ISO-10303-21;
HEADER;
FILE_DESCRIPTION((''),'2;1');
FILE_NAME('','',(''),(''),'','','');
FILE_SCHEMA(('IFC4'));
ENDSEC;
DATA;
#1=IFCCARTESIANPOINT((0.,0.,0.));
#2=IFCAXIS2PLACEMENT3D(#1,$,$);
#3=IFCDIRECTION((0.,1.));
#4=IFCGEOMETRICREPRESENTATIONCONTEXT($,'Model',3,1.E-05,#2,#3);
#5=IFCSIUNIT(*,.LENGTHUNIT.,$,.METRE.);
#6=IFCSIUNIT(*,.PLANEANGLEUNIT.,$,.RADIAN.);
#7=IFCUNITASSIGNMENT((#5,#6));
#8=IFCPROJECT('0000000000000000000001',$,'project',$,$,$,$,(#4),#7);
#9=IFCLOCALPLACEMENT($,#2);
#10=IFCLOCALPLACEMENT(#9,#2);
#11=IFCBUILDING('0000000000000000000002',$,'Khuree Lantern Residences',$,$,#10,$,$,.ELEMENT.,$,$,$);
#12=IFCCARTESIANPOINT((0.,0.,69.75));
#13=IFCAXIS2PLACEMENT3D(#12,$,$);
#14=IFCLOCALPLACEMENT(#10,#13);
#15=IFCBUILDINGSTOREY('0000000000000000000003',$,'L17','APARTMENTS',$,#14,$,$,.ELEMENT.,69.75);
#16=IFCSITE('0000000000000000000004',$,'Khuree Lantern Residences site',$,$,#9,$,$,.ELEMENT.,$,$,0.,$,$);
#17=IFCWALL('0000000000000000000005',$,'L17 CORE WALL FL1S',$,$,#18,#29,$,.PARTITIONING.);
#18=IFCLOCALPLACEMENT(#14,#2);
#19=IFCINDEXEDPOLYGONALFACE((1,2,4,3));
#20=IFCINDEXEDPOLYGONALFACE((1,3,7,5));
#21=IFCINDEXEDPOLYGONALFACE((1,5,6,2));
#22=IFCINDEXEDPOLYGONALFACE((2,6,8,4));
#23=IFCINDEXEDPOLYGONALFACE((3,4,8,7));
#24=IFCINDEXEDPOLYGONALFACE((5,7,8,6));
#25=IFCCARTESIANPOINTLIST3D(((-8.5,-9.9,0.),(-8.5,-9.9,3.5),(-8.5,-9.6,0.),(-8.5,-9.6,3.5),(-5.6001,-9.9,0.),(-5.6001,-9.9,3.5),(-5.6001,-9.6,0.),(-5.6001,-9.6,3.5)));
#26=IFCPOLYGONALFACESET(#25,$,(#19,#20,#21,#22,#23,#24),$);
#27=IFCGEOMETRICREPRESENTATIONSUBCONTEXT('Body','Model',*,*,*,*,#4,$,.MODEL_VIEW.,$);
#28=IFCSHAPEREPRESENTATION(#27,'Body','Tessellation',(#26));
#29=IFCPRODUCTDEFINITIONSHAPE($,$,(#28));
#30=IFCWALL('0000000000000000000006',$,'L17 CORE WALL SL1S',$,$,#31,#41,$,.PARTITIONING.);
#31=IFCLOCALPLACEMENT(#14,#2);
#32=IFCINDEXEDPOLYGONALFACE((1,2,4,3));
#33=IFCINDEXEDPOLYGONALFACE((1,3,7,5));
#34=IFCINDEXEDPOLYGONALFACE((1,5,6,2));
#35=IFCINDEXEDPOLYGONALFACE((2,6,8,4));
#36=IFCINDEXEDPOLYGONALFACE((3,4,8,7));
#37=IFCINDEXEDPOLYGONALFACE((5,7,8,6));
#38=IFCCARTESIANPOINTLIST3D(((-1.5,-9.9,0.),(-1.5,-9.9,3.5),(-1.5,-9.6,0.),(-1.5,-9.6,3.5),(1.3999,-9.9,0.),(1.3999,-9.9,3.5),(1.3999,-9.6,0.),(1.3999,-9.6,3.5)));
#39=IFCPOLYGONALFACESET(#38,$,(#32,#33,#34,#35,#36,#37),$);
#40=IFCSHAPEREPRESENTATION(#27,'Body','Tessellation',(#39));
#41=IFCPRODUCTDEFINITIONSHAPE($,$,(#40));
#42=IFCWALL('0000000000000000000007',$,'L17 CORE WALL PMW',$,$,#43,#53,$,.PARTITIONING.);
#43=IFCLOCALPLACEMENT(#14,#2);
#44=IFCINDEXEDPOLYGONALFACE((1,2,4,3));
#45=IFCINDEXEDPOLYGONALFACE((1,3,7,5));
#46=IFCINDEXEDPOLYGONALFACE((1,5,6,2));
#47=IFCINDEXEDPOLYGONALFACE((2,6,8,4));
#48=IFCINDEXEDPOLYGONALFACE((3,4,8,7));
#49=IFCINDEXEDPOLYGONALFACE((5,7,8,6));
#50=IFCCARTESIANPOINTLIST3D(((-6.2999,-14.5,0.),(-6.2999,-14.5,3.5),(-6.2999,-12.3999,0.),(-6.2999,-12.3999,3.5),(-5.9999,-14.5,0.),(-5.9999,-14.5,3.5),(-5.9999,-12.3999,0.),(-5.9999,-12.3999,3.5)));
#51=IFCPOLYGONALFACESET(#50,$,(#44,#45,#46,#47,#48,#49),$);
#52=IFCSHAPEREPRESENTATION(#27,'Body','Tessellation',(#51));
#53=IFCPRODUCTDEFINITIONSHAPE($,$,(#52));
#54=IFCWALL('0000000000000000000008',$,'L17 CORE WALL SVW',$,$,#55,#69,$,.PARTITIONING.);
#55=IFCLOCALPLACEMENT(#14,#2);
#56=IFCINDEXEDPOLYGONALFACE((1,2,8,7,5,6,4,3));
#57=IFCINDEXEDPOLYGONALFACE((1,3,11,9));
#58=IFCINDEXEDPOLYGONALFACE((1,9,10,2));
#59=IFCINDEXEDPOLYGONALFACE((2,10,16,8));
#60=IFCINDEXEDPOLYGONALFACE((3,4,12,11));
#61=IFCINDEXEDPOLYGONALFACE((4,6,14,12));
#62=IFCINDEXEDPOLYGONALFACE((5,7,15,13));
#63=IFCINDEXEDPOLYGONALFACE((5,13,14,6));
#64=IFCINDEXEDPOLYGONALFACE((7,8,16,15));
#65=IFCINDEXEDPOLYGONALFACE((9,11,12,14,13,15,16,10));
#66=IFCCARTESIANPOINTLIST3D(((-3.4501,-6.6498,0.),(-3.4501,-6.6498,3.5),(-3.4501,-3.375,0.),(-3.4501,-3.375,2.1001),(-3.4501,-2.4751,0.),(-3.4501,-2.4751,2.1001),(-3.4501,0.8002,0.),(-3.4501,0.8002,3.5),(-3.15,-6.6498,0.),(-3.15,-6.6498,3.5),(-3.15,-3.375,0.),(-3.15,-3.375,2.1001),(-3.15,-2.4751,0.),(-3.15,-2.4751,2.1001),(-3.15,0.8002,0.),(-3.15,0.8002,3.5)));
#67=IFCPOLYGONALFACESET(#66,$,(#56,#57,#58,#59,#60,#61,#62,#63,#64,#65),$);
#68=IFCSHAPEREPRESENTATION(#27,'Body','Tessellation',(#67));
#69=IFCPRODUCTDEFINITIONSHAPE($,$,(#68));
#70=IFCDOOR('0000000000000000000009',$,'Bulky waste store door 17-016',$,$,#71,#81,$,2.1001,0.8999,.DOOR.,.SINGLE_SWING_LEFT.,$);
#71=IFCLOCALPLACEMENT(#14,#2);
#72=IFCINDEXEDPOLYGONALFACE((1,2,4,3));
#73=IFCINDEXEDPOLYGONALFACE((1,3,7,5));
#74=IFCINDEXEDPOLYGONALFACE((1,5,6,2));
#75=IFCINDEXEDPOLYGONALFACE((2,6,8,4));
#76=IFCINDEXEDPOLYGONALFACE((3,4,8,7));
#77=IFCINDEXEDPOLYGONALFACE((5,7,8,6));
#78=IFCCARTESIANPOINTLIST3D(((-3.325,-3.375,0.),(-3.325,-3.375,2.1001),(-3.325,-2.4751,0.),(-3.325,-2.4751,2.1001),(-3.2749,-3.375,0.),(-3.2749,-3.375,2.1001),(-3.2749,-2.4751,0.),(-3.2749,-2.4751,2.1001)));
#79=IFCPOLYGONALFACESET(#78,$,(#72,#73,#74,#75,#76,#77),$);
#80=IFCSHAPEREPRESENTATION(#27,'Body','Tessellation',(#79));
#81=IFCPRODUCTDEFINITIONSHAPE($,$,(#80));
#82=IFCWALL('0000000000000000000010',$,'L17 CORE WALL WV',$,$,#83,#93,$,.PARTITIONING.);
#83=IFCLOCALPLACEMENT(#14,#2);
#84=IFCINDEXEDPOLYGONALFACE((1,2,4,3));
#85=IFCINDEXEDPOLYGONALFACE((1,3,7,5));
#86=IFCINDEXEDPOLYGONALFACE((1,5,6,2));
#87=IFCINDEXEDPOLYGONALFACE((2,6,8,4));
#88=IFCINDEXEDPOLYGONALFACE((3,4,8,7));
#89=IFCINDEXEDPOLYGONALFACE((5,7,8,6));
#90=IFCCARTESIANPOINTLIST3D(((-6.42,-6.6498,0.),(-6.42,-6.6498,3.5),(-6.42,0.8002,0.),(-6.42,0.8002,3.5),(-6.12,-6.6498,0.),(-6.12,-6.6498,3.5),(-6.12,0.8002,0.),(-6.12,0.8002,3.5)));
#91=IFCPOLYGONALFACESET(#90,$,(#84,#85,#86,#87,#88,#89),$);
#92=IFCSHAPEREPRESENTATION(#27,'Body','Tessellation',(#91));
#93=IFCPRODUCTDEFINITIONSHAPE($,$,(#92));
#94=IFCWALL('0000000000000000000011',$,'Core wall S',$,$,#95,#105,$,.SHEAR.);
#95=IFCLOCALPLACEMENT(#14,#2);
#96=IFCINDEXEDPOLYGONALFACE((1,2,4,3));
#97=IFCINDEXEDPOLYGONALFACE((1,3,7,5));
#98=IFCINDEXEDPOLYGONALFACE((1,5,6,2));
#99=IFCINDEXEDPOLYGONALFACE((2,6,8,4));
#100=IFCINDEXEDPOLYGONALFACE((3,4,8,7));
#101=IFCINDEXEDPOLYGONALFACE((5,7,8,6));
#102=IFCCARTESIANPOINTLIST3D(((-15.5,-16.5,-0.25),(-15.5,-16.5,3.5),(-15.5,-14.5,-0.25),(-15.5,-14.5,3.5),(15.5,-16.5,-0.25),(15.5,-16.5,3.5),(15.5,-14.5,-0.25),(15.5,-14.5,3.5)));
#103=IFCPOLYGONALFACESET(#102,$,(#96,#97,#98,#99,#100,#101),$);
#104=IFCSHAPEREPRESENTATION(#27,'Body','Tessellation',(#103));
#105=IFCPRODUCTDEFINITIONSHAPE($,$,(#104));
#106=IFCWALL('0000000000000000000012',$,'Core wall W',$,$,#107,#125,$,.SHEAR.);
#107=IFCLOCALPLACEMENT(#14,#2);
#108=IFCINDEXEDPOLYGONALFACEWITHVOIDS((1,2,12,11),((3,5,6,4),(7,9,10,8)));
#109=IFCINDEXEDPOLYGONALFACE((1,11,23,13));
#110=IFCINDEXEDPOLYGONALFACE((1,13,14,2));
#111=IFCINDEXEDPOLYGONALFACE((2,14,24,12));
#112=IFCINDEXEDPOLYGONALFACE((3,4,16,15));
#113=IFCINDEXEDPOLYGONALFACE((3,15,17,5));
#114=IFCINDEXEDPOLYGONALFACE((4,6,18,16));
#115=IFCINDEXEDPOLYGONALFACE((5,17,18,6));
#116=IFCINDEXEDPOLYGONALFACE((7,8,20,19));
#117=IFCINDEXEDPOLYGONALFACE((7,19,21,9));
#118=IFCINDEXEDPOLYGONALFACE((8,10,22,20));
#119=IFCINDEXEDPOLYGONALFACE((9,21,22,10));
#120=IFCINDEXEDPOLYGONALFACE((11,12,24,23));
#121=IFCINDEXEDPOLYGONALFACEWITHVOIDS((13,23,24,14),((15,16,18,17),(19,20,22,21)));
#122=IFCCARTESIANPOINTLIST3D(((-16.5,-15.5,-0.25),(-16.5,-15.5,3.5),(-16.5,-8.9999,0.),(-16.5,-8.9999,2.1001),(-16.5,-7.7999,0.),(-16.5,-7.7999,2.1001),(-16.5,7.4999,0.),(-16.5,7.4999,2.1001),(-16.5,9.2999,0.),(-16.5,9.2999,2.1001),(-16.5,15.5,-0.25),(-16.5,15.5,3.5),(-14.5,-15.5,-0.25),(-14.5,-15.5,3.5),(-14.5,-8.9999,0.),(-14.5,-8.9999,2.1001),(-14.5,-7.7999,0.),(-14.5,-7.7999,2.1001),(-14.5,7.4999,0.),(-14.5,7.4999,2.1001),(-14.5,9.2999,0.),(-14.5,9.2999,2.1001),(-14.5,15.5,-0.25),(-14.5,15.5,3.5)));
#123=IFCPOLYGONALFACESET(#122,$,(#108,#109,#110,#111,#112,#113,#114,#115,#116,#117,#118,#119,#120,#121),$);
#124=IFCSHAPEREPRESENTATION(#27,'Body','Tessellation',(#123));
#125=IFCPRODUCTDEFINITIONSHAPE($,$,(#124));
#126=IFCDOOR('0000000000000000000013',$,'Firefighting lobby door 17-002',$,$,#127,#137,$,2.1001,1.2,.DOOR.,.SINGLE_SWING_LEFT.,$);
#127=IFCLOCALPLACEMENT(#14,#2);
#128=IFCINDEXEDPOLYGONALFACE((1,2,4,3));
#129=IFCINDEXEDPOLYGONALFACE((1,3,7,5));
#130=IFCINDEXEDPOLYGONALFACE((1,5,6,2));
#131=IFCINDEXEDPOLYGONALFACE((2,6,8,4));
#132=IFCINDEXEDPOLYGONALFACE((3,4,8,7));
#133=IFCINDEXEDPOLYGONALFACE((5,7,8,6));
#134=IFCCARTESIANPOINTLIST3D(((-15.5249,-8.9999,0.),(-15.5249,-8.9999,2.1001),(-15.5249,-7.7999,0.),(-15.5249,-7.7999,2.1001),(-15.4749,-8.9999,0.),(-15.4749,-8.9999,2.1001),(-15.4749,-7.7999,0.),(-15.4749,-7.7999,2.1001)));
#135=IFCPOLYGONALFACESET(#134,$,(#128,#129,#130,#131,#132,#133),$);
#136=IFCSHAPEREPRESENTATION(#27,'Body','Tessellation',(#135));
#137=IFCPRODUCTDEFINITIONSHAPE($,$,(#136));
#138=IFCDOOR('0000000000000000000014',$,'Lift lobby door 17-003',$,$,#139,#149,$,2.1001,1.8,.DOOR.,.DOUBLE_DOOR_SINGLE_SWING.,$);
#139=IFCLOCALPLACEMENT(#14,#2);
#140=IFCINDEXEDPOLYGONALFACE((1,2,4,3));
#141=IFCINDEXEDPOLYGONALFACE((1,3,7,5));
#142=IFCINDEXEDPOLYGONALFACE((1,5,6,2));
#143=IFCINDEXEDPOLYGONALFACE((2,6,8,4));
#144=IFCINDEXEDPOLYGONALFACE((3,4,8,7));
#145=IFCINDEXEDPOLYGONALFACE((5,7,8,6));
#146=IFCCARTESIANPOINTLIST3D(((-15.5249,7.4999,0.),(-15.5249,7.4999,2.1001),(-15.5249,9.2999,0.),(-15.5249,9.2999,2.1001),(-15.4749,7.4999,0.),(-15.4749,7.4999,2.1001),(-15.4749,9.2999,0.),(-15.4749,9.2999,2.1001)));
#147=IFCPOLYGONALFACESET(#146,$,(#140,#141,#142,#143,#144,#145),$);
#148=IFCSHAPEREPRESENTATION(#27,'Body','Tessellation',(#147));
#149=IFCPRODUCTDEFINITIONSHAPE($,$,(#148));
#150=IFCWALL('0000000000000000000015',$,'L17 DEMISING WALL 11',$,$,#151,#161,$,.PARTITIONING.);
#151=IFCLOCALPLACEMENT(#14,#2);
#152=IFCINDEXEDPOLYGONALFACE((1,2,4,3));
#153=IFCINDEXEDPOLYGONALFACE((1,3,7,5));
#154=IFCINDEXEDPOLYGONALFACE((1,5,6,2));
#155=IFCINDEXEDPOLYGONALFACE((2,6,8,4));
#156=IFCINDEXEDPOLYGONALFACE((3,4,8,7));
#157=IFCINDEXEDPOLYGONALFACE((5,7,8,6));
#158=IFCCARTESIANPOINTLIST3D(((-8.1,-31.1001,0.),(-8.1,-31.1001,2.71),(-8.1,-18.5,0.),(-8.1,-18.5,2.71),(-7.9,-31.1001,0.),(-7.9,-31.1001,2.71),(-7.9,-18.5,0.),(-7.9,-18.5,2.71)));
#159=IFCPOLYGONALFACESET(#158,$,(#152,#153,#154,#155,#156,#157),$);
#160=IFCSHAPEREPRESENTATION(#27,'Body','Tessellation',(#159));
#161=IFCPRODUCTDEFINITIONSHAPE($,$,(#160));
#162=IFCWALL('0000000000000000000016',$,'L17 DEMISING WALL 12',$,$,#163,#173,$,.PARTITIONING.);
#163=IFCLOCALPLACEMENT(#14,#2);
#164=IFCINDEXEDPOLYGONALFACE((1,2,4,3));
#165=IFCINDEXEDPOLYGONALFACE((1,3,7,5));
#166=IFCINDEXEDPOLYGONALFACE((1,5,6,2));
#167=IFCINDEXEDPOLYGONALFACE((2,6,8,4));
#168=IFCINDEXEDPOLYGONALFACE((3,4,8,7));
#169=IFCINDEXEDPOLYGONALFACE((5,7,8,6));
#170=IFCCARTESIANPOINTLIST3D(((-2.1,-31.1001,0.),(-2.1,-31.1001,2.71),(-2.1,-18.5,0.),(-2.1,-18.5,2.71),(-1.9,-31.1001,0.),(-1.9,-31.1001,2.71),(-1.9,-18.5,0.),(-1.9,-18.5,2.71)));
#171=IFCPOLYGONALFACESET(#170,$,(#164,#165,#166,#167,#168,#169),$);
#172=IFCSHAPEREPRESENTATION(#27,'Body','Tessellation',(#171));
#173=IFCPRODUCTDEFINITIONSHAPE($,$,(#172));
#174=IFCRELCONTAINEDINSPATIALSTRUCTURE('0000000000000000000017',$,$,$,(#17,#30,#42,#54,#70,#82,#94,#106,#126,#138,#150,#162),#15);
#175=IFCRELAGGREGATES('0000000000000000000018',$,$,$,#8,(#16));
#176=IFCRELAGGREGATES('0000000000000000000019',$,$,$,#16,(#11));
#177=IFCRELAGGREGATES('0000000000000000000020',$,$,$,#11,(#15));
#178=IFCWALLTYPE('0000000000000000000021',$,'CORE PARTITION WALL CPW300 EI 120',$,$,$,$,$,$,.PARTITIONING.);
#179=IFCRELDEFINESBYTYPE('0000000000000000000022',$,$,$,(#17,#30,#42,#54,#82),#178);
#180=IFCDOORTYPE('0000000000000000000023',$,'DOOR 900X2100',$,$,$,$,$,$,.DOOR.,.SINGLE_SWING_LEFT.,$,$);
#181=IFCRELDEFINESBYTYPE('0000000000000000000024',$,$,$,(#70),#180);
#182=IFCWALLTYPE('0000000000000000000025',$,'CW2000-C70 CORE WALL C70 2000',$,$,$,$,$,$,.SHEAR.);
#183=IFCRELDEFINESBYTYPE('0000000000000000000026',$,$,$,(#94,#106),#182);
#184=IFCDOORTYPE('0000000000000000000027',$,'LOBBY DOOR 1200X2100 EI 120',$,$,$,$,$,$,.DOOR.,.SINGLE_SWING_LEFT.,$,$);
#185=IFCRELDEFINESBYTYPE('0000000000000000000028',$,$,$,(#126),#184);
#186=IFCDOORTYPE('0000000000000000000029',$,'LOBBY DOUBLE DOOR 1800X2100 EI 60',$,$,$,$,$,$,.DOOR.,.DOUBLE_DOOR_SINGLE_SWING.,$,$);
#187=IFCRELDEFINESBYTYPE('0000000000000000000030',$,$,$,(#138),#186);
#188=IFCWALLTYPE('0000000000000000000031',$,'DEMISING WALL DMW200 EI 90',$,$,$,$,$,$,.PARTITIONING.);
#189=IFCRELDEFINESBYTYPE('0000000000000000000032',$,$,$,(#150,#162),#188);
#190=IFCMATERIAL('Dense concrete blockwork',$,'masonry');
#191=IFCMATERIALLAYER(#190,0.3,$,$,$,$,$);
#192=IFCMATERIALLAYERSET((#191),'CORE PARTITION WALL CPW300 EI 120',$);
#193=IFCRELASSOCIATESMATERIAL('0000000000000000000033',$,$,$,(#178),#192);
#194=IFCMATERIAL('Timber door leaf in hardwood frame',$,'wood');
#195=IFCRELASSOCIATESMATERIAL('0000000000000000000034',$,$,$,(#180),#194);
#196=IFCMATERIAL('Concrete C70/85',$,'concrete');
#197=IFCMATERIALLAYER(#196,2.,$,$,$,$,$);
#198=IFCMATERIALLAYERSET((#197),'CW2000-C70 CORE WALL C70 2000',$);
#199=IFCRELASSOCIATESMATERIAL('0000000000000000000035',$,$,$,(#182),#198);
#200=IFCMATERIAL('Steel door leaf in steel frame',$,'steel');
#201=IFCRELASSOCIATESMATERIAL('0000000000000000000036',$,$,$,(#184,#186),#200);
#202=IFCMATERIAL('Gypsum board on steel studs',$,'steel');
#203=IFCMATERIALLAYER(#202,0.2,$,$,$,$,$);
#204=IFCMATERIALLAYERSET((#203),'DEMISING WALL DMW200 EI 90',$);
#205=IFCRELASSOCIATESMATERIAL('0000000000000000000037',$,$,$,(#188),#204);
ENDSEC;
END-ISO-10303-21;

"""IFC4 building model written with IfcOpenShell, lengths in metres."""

from ifc_helpers import new_model, si_unit, direction, frame, frame_2d, origin, place, context, subcontext, project, spatial, rectangle, extrude, material, layer, layer_set, type_object, element, fill, save


model = new_model("IFC4")

# Units and contexts
model_context = context("Model", 3, precision=1e-05, world=origin(), true_north=direction((0.0, 1.0)))
body_context = subcontext(model_context, "Body", "Model", "MODEL_VIEW")
ifc_project = project(units=[si_unit("LENGTHUNIT", "METRE"), si_unit("PLANEANGLEUNIT", "RADIAN")], contexts=[model_context])

# Site, building, storey
site_placement = place(None, origin())
site = spatial("IfcSite", under=ifc_project, at=site_placement, Name="Khuree Lantern Residences site", CompositionType="ELEMENT", RefElevation=0.0)
building_placement = place(site_placement, origin())
building = spatial("IfcBuilding", under=site, at=building_placement, Name="Khuree Lantern Residences", CompositionType="ELEMENT")
storey_placement = place(building_placement, frame((0.0, 0.0, 69.75)))
storey = spatial("IfcBuildingStorey", under=building, at=storey_placement, Name="L17", Description="APARTMENTS", CompositionType="ELEMENT", Elevation=69.75)

# Shared definitions
ifc_material_1 = material(Name="Concrete C70/85", Category="concrete")

# Shared definitions
ifc_material_2 = material(Name="Dense concrete blockwork", Category="masonry")
ifc_layer_1 = layer(ifc_material_2, 0.3)
ifc_layer_set_1 = layer_set([ifc_layer_1], Name="CORE PARTITION WALL CPW300 EI 120")
wall_type_1 = type_object("IfcWallType", Name="CORE PARTITION WALL CPW300 EI 120", PredefinedType="PARTITIONING", material=ifc_layer_set_1)

# Shared definitions
ifc_material_3 = material(Name="Steel door leaf in steel frame", Category="steel")

# Walls
for number, where, z_axis, x_axis, name in (
    (1, (-8.5, -9.75, 0.0), (0.0, 0.0, 1.0), (1.0, 0.0, 0.0), "L17 CORE WALL FL1S"),
    (2, (-1.5, -9.75, 0.0), (0.0, 0.0, 1.0), (1.0, 0.0, 0.0), "L17 CORE WALL SL1S"),
):
    element("IfcWall", number, at=place(storey_placement, frame(where, z_axis=z_axis, x_axis=x_axis)), inside=storey, type_object=wall_type_1, Name=name, PredefinedType="PARTITIONING", context=body_context, shape_type="SweptSolid", body=[
        extrude(rectangle(XDim=2.8999, YDim=0.3, at=frame_2d((1.45, 0.0))), origin(), (0.0, 0.0, 1.0), 3.5),
    ])
wall_1_placement = place(storey_placement, frame((-6.1499, -14.5, 0.0), z_axis=(0.0, 0.0, 1.0), x_axis=(0.0, 1.0, 0.0)))
element("IfcWall", 3, at=wall_1_placement, inside=storey, type_object=wall_type_1, Name="L17 CORE WALL PMW", PredefinedType="PARTITIONING", context=body_context, shape_type="SweptSolid", body=[
    extrude(rectangle(XDim=2.1001, YDim=0.3, at=frame_2d((1.05, 0.0))), origin(), (0.0, 0.0, 1.0), 3.5),
])

# Wall, opening, door
wall_2_placement = place(storey_placement, frame((-3.3, -6.6499, 0.0), z_axis=(0.0, 0.0, 1.0), x_axis=(0.0, 1.0, 0.0)))
wall_2 = element("IfcWall", 4, at=wall_2_placement, inside=storey, type_object=wall_type_1, Name="L17 CORE WALL SVW", PredefinedType="PARTITIONING", context=body_context, shape_type="SweptSolid", body=[
    extrude(rectangle(XDim=7.45, YDim=0.3, at=frame_2d((3.7251, 0.0))), origin(), (0.0, 0.0, 1.0), 3.5),
])
opening_1_placement = place(wall_2_placement, frame((3.2749, 0.0, 0.0)))
opening_1 = element("IfcOpeningElement", 5, at=opening_1_placement, cuts=wall_2, PredefinedType="OPENING", context=body_context, shape_type="SweptSolid", body=[
    extrude(rectangle(XDim=0.8999, YDim=2.1001, at=frame_2d((0.45, 1.05))), frame((0.0, 0.1602, 0.0), z_axis=(0.0, -1.0, 0.0), x_axis=(1.0, 0.0, 0.0)), (0.0, 0.0, 1.0), 0.3201),
])
ifc_material_4 = material(Name="Timber door leaf in hardwood frame", Category="wood")
door_type_1 = type_object("IfcDoorType", Name="DOOR 900X2100", OperationType="SINGLE_SWING_LEFT", PredefinedType="DOOR", material=ifc_material_4)
door_1_placement = place(opening_1_placement, origin())
door_1 = element("IfcDoor", 6, at=door_1_placement, inside=storey, type_object=door_type_1, Name="Bulky waste store door 17-016", OperationType="SINGLE_SWING_LEFT", OverallHeight=2.1001, OverallWidth=0.8999, PredefinedType="DOOR", context=body_context, shape_type="SweptSolid", body=[
    extrude(rectangle(XDim=0.8999, YDim=2.1001, at=frame_2d((0.45, 1.05))), frame((0.0, 0.0249, 0.0), z_axis=(0.0, -1.0, 0.0), x_axis=(1.0, 0.0, 0.0)), (0.0, 0.0, 1.0), 0.05),
])
fill(opening_1, door_1)

# Walls
wall_3_placement = place(storey_placement, frame((-6.27, -6.6499, 0.0), z_axis=(0.0, 0.0, 1.0), x_axis=(0.0, 1.0, 0.0)))
element("IfcWall", 7, at=wall_3_placement, inside=storey, type_object=wall_type_1, Name="L17 CORE WALL WV", PredefinedType="PARTITIONING", context=body_context, shape_type="SweptSolid", body=[
    extrude(rectangle(XDim=7.45, YDim=0.3, at=frame_2d((3.7251, 0.0))), origin(), (0.0, 0.0, 1.0), 3.5),
])
ifc_layer_2 = layer(ifc_material_1, 2.0)
ifc_layer_set_2 = layer_set([ifc_layer_2], Name="CW2000-C70 CORE WALL C70 2000")
wall_type_2 = type_object("IfcWallType", Name="CW2000-C70 CORE WALL C70 2000", PredefinedType="SHEAR", material=ifc_layer_set_2)
wall_4_placement = place(storey_placement, frame((-15.5, -15.5, -0.25), z_axis=(0.0, 0.0, 1.0), x_axis=(1.0, 0.0, 0.0)))
element("IfcWall", 8, at=wall_4_placement, inside=storey, type_object=wall_type_2, Name="Core wall S", PredefinedType="SHEAR", context=body_context, shape_type="SweptSolid", body=[
    extrude(rectangle(XDim=31.0, YDim=2.0, at=frame_2d((15.5, 0.0))), origin(), (0.0, 0.0, 1.0), 3.75),
])

# Wall, openings, doors
wall_5_placement = place(storey_placement, frame((-15.5, -15.5, -0.25), z_axis=(0.0, 0.0, 1.0), x_axis=(0.0, 1.0, 0.0)))
wall_5 = element("IfcWall", 9, at=wall_5_placement, inside=storey, type_object=wall_type_2, Name="Core wall W", PredefinedType="SHEAR", context=body_context, shape_type="SweptSolid", body=[
    extrude(rectangle(XDim=31.0, YDim=2.0, at=frame_2d((15.5, 0.0))), origin(), (0.0, 0.0, 1.0), 3.75),
])
opening_2_placement = place(wall_5_placement, frame((6.5, 0.0, 0.25)))
opening_2 = element("IfcOpeningElement", 10, at=opening_2_placement, cuts=wall_5, PredefinedType="OPENING", context=body_context, shape_type="SweptSolid", body=[
    extrude(rectangle(XDim=1.2, YDim=2.1001, at=frame_2d((0.6001, 1.05))), frame((0.0, 1.01, 0.0), z_axis=(0.0, -1.0, 0.0), x_axis=(1.0, 0.0, 0.0)), (0.0, 0.0, 1.0), 2.02),
])
opening_3_placement = place(wall_5_placement, frame((23.0, 0.0, 0.25)))
opening_3 = element("IfcOpeningElement", 11, at=opening_3_placement, cuts=wall_5, PredefinedType="OPENING", context=body_context, shape_type="SweptSolid", body=[
    extrude(rectangle(XDim=1.8, YDim=2.1001, at=frame_2d((0.8999, 1.05))), frame((0.0, 1.01, 0.0), z_axis=(0.0, -1.0, 0.0), x_axis=(1.0, 0.0, 0.0)), (0.0, 0.0, 1.0), 2.02),
])
door_type_2 = type_object("IfcDoorType", Name="LOBBY DOOR 1200X2100 EI 120", OperationType="SINGLE_SWING_LEFT", PredefinedType="DOOR", material=ifc_material_3)
door_2_placement = place(opening_2_placement, origin())
door_2 = element("IfcDoor", 12, at=door_2_placement, inside=storey, type_object=door_type_2, Name="Firefighting lobby door 17-002", OperationType="SINGLE_SWING_LEFT", OverallHeight=2.1001, OverallWidth=1.2, PredefinedType="DOOR", context=body_context, shape_type="SweptSolid", body=[
    extrude(rectangle(XDim=1.2, YDim=2.1001, at=frame_2d((0.6001, 1.05))), frame((0.0, 0.0249, 0.0), z_axis=(0.0, -1.0, 0.0), x_axis=(1.0, 0.0, 0.0)), (0.0, 0.0, 1.0), 0.05),
])
fill(opening_2, door_2)
door_type_3 = type_object("IfcDoorType", Name="LOBBY DOUBLE DOOR 1800X2100 EI 60", OperationType="DOUBLE_DOOR_SINGLE_SWING", PredefinedType="DOOR", material=ifc_material_3)
door_3_placement = place(opening_3_placement, origin())
door_3 = element("IfcDoor", 13, at=door_3_placement, inside=storey, type_object=door_type_3, Name="Lift lobby door 17-003", OperationType="DOUBLE_DOOR_SINGLE_SWING", OverallHeight=2.1001, OverallWidth=1.8, PredefinedType="DOOR", context=body_context, shape_type="SweptSolid", body=[
    extrude(rectangle(XDim=1.8, YDim=2.1001, at=frame_2d((0.8999, 1.05))), frame((0.0, 0.0249, 0.0), z_axis=(0.0, -1.0, 0.0), x_axis=(1.0, 0.0, 0.0)), (0.0, 0.0, 1.0), 0.05),
])
fill(opening_3, door_3)

# Walls
ifc_material_5 = material(Name="Gypsum board on steel studs", Category="steel")
ifc_layer_3 = layer(ifc_material_5, 0.2)
ifc_layer_set_3 = layer_set([ifc_layer_3], Name="DEMISING WALL DMW200 EI 90")
wall_type_3 = type_object("IfcWallType", Name="DEMISING WALL DMW200 EI 90", PredefinedType="PARTITIONING", material=ifc_layer_set_3)
for number, where, z_axis, x_axis, name in (
    (14, (-8.0, -18.5, 0.0), (0.0, 0.0, 1.0), (0.0, -1.0, 0.0), "L17 DEMISING WALL 11"),
    (15, (-2.0, -18.5, 0.0), (0.0, 0.0, 1.0), (0.0, -1.0, 0.0), "L17 DEMISING WALL 12"),
):
    element("IfcWall", number, at=place(storey_placement, frame(where, z_axis=z_axis, x_axis=x_axis)), inside=storey, type_object=wall_type_3, Name=name, PredefinedType="PARTITIONING", context=body_context, shape_type="SweptSolid", body=[
        extrude(rectangle(XDim=12.6001, YDim=0.2, at=frame_2d((6.3, 0.0))), origin(), (0.0, 0.0, 1.0), 2.71),
    ])

save(model, "model.ifc")
